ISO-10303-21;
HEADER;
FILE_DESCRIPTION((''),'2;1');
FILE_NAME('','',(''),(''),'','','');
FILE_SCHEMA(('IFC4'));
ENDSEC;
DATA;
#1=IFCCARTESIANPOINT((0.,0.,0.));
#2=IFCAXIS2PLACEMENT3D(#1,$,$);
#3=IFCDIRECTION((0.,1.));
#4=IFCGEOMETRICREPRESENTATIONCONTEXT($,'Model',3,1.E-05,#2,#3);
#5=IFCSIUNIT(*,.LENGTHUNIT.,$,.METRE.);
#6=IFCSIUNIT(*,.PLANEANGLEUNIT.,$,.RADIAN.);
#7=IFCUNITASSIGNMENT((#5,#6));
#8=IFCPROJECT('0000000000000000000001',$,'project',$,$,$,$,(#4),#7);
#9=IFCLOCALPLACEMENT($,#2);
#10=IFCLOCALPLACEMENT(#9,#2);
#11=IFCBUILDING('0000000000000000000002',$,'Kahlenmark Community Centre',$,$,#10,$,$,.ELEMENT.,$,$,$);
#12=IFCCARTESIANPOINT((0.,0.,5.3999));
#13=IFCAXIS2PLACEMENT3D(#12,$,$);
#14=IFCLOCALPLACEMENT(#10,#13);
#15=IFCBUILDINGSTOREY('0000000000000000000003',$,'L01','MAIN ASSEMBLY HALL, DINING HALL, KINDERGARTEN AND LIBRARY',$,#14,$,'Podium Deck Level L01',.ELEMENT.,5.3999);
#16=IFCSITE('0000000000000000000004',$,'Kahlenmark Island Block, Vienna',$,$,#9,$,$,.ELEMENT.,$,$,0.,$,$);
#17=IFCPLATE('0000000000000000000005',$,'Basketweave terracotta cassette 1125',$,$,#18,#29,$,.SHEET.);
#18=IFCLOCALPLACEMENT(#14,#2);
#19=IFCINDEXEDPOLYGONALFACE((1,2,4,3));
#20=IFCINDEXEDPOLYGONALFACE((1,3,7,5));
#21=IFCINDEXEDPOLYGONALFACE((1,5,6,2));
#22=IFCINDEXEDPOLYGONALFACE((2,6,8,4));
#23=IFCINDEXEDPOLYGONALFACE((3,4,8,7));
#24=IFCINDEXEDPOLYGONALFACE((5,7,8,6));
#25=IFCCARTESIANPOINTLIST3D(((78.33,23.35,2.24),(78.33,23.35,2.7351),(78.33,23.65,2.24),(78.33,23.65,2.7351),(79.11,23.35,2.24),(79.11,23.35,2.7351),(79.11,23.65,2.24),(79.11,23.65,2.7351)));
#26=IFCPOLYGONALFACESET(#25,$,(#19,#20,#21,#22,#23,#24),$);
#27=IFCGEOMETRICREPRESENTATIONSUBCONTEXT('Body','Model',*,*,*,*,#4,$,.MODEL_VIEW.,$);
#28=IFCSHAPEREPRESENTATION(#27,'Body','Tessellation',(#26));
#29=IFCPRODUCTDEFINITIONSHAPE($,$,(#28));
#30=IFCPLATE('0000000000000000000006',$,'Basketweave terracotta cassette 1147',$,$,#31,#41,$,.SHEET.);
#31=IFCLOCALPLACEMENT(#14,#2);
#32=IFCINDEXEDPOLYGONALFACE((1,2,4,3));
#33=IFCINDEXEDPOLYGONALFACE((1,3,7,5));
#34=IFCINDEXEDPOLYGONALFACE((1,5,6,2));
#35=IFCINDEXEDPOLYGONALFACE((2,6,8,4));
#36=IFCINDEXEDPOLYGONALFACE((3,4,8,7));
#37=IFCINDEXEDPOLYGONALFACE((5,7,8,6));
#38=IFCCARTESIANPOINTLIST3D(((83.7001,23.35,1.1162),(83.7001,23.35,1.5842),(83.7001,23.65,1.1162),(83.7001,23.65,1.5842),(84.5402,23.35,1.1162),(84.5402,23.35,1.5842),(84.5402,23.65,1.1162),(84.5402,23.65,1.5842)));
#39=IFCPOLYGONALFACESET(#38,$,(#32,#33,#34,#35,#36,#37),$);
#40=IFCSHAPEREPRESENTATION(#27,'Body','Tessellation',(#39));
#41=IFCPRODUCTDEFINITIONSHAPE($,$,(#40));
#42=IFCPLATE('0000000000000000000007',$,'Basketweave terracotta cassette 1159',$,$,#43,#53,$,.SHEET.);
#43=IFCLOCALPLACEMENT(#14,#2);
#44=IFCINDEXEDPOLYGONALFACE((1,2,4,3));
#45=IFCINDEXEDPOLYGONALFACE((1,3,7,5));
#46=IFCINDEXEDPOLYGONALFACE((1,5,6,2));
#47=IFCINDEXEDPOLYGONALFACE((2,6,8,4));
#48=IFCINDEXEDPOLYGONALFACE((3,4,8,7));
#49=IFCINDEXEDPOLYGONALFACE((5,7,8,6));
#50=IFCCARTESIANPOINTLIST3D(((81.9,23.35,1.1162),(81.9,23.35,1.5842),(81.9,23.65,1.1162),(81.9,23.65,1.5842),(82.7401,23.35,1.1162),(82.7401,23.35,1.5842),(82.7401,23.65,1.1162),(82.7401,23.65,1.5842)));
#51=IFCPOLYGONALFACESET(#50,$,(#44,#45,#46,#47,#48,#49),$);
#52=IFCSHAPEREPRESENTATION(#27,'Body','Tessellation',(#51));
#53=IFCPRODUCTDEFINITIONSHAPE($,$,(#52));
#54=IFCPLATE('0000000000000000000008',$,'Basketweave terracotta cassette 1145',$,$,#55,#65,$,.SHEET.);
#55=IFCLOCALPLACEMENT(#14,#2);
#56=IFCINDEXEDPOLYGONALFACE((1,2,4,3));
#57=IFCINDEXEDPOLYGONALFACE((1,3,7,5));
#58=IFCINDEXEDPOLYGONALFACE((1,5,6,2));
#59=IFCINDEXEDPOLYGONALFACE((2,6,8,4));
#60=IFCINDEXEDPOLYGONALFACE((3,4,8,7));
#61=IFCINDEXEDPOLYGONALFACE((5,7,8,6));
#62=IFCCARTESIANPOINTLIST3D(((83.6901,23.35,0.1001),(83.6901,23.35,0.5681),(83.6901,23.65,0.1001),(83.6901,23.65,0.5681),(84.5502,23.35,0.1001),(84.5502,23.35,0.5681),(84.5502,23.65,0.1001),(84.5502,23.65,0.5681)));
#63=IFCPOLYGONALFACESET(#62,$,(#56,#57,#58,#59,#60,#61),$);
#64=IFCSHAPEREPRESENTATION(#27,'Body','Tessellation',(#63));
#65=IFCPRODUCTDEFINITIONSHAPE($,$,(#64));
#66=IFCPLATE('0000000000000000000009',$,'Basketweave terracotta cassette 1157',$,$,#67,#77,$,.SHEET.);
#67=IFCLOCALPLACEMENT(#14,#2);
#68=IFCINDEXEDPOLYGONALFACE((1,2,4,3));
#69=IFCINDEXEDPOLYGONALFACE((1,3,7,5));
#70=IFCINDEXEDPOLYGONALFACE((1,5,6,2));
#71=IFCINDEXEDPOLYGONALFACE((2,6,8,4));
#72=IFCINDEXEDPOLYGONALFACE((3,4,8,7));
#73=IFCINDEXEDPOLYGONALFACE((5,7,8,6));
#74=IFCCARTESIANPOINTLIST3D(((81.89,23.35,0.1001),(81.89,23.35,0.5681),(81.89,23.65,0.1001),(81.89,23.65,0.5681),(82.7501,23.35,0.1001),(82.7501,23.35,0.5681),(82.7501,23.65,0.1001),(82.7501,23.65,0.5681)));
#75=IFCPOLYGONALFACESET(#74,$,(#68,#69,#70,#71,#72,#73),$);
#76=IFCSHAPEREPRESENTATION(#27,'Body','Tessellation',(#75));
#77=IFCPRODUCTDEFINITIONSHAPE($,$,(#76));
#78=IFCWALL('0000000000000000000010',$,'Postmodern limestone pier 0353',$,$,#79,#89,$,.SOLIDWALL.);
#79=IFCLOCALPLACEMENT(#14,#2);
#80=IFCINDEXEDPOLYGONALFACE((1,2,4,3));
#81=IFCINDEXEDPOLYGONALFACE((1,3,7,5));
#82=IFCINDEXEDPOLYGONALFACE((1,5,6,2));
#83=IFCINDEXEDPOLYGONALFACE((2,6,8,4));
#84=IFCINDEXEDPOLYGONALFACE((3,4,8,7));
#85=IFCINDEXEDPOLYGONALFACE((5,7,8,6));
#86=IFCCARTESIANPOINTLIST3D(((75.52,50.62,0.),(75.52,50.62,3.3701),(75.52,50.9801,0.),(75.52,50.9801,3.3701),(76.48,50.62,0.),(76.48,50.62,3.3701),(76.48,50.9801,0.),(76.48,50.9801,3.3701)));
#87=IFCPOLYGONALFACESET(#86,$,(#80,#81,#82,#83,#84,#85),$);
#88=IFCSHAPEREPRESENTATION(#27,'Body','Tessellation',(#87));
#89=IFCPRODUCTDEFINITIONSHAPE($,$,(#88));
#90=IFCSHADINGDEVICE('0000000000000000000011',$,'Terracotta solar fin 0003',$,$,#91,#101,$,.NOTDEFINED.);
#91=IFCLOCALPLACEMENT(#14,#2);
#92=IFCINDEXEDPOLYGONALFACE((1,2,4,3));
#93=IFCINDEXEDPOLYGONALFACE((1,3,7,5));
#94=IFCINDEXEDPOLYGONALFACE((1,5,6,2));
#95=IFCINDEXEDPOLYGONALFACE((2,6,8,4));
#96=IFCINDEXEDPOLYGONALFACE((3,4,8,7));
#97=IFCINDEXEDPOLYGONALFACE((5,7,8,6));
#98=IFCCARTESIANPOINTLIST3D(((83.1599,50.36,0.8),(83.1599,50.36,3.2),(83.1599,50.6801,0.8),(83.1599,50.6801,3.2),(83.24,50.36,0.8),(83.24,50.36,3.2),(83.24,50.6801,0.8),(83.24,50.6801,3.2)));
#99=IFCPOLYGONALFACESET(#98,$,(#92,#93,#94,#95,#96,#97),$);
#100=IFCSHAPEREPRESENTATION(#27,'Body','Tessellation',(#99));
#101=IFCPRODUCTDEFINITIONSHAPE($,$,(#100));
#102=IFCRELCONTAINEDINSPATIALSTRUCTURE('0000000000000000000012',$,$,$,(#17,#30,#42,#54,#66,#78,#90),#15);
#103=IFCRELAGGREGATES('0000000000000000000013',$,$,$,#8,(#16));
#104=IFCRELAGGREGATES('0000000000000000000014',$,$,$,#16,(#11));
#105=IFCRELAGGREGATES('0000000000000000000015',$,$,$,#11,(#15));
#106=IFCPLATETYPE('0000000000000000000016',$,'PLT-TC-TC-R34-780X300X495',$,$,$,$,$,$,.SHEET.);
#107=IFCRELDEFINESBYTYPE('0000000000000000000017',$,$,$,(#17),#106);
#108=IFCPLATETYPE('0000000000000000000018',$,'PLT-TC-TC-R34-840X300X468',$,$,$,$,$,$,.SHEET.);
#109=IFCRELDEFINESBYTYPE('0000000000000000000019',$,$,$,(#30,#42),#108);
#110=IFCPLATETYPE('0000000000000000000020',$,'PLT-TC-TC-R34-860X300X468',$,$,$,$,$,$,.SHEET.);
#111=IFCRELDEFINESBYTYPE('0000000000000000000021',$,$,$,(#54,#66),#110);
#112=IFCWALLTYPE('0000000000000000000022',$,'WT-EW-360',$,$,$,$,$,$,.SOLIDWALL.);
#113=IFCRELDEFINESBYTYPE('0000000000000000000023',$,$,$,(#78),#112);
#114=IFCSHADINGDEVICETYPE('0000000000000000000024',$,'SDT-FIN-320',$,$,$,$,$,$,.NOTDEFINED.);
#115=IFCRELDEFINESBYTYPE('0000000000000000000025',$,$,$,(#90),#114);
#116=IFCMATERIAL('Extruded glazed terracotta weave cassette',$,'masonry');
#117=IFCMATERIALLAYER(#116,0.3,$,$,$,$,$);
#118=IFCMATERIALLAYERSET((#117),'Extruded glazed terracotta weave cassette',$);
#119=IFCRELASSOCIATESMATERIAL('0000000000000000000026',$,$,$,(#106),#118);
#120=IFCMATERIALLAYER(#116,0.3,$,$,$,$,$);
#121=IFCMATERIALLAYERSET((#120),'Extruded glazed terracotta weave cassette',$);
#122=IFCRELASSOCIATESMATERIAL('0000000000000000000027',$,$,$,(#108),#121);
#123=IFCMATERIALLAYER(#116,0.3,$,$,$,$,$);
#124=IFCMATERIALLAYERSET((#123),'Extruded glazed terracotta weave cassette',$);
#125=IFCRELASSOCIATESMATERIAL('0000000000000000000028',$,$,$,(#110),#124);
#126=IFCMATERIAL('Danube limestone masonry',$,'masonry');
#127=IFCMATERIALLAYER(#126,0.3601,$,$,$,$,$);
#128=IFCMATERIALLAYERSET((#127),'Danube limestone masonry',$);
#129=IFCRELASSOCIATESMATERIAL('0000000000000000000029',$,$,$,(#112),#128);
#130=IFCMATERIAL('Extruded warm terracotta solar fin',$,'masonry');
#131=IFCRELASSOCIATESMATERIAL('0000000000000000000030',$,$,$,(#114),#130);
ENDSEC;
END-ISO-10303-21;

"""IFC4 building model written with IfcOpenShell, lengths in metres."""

from ifc_helpers import new_model, si_unit, direction, frame, frame_2d, origin, origin_2d, place, context, subcontext, project, spatial, rectangle, extrude, material, layer, layer_set, type_object, element, save


model = new_model("IFC4")

# Units and contexts
model_context = context("Model", 3, precision=1e-05, world=origin(), true_north=direction((0.0, 1.0)))
body_context = subcontext(model_context, "Body", "Model", "MODEL_VIEW")
ifc_project = project(units=[si_unit("LENGTHUNIT", "METRE"), si_unit("PLANEANGLEUNIT", "RADIAN")], contexts=[model_context])

# Site, building, storey
site_placement = place(None, origin())
site = spatial("IfcSite", under=ifc_project, at=site_placement, Name="Kahlenmark Island Block, Vienna", CompositionType="ELEMENT", RefElevation=0.0)
building_placement = place(site_placement, origin())
building = spatial("IfcBuilding", under=site, at=building_placement, Name="Kahlenmark Community Centre", CompositionType="ELEMENT")
storey_placement = place(building_placement, frame((0.0, 0.0, 5.3999)))
storey = spatial("IfcBuildingStorey", under=building, at=storey_placement, Name="L01", Description="MAIN ASSEMBLY HALL, DINING HALL, KINDERGARTEN AND LIBRARY", LongName="Podium Deck Level L01", CompositionType="ELEMENT", Elevation=5.3999)

# Plates
ifc_material_1 = material(Name="Extruded glazed terracotta weave cassette", Category="masonry")
ifc_layer_1 = layer(ifc_material_1, 0.3)
ifc_layer_set_1 = layer_set([ifc_layer_1], Name="Extruded glazed terracotta weave cassette")
plate_type_1 = type_object("IfcPlateType", Name="PLT-TC-TC-R34-780X300X495", PredefinedType="SHEET", material=ifc_layer_set_1)
plate_1_placement = place(storey_placement, frame((78.72, 23.5, 2.24), z_axis=(0.0, 0.0, 1.0), x_axis=(-1.0, 0.0, 0.0)))
element("IfcPlate", 1, at=plate_1_placement, inside=storey, type_object=plate_type_1, Name="Basketweave terracotta cassette 1125", PredefinedType="SHEET", context=body_context, shape_type="SweptSolid", body=[
    extrude(rectangle(XDim=0.78, YDim=0.3, at=origin_2d()), origin(), (0.0, 0.0, 1.0), 0.4951),
])
ifc_layer_2 = layer(ifc_material_1, 0.3)
ifc_layer_set_2 = layer_set([ifc_layer_2], Name="Extruded glazed terracotta weave cassette")
plate_type_2 = type_object("IfcPlateType", Name="PLT-TC-TC-R34-840X300X468", PredefinedType="SHEET", material=ifc_layer_set_2)
for number, where, z_axis, x_axis, name in (
    (2, (84.1201, 23.5, 1.1162), (0.0, 0.0, 1.0), (-1.0, 0.0, 0.0), "Basketweave terracotta cassette 1147"),
    (3, (82.3201, 23.5, 1.1162), (0.0, 0.0, 1.0), (-1.0, 0.0, 0.0), "Basketweave terracotta cassette 1159"),
):
    element("IfcPlate", number, at=place(storey_placement, frame(where, z_axis=z_axis, x_axis=x_axis)), inside=storey, type_object=plate_type_2, Name=name, PredefinedType="SHEET", context=body_context, shape_type="SweptSolid", body=[
        extrude(rectangle(XDim=0.8401, YDim=0.3, at=origin_2d()), origin(), (0.0, 0.0, 1.0), 0.468),
    ])
ifc_layer_3 = layer(ifc_material_1, 0.3)
ifc_layer_set_3 = layer_set([ifc_layer_3], Name="Extruded glazed terracotta weave cassette")
plate_type_3 = type_object("IfcPlateType", Name="PLT-TC-TC-R34-860X300X468", PredefinedType="SHEET", material=ifc_layer_set_3)
for number, where, z_axis, x_axis, name in (
    (4, (84.1201, 23.5, 0.1001), (0.0, 0.0, 1.0), (-1.0, 0.0, 0.0), "Basketweave terracotta cassette 1145"),
    (5, (82.3201, 23.5, 0.1001), (0.0, 0.0, 1.0), (-1.0, 0.0, 0.0), "Basketweave terracotta cassette 1157"),
):
    element("IfcPlate", number, at=place(storey_placement, frame(where, z_axis=z_axis, x_axis=x_axis)), inside=storey, type_object=plate_type_3, Name=name, PredefinedType="SHEET", context=body_context, shape_type="SweptSolid", body=[
        extrude(rectangle(XDim=0.8601, YDim=0.3, at=origin_2d()), origin(), (0.0, 0.0, 1.0), 0.468),
    ])

# Wall
ifc_material_2 = material(Name="Danube limestone masonry", Category="masonry")
ifc_layer_4 = layer(ifc_material_2, 0.3601)
ifc_layer_set_4 = layer_set([ifc_layer_4], Name="Danube limestone masonry")
wall_type = type_object("IfcWallType", Name="WT-EW-360", PredefinedType="SOLIDWALL", material=ifc_layer_set_4)
wall_placement = place(storey_placement, frame((75.52, 50.8, 0.0), z_axis=(0.0, 0.0, 1.0), x_axis=(1.0, 0.0, 0.0)))
element("IfcWall", 6, at=wall_placement, inside=storey, type_object=wall_type, Name="Postmodern limestone pier 0353", PredefinedType="SOLIDWALL", context=body_context, shape_type="SweptSolid", body=[
    extrude(rectangle(XDim=0.96, YDim=0.3601, at=frame_2d((0.48, 0.0))), origin(), (0.0, 0.0, 1.0), 3.3701),
])

# Shading device
ifc_material_3 = material(Name="Extruded warm terracotta solar fin", Category="masonry")
shading_device_type = type_object("IfcShadingDeviceType", Name="SDT-FIN-320", PredefinedType="NOTDEFINED", material=ifc_material_3)
shading_device_placement = place(storey_placement, frame((83.2, 50.52, 0.8), z_axis=(0.0, 0.0, 1.0), x_axis=(1.0, 0.0, 0.0)))
element("IfcShadingDevice", 7, at=shading_device_placement, inside=storey, type_object=shading_device_type, Name="Terracotta solar fin 0003", PredefinedType="NOTDEFINED", context=body_context, shape_type="SweptSolid", body=[
    extrude(rectangle(XDim=0.0801, YDim=0.3201, at=origin_2d()), origin(), (0.0, 0.0, 1.0), 2.3999),
])

save(model, "model.ifc")
